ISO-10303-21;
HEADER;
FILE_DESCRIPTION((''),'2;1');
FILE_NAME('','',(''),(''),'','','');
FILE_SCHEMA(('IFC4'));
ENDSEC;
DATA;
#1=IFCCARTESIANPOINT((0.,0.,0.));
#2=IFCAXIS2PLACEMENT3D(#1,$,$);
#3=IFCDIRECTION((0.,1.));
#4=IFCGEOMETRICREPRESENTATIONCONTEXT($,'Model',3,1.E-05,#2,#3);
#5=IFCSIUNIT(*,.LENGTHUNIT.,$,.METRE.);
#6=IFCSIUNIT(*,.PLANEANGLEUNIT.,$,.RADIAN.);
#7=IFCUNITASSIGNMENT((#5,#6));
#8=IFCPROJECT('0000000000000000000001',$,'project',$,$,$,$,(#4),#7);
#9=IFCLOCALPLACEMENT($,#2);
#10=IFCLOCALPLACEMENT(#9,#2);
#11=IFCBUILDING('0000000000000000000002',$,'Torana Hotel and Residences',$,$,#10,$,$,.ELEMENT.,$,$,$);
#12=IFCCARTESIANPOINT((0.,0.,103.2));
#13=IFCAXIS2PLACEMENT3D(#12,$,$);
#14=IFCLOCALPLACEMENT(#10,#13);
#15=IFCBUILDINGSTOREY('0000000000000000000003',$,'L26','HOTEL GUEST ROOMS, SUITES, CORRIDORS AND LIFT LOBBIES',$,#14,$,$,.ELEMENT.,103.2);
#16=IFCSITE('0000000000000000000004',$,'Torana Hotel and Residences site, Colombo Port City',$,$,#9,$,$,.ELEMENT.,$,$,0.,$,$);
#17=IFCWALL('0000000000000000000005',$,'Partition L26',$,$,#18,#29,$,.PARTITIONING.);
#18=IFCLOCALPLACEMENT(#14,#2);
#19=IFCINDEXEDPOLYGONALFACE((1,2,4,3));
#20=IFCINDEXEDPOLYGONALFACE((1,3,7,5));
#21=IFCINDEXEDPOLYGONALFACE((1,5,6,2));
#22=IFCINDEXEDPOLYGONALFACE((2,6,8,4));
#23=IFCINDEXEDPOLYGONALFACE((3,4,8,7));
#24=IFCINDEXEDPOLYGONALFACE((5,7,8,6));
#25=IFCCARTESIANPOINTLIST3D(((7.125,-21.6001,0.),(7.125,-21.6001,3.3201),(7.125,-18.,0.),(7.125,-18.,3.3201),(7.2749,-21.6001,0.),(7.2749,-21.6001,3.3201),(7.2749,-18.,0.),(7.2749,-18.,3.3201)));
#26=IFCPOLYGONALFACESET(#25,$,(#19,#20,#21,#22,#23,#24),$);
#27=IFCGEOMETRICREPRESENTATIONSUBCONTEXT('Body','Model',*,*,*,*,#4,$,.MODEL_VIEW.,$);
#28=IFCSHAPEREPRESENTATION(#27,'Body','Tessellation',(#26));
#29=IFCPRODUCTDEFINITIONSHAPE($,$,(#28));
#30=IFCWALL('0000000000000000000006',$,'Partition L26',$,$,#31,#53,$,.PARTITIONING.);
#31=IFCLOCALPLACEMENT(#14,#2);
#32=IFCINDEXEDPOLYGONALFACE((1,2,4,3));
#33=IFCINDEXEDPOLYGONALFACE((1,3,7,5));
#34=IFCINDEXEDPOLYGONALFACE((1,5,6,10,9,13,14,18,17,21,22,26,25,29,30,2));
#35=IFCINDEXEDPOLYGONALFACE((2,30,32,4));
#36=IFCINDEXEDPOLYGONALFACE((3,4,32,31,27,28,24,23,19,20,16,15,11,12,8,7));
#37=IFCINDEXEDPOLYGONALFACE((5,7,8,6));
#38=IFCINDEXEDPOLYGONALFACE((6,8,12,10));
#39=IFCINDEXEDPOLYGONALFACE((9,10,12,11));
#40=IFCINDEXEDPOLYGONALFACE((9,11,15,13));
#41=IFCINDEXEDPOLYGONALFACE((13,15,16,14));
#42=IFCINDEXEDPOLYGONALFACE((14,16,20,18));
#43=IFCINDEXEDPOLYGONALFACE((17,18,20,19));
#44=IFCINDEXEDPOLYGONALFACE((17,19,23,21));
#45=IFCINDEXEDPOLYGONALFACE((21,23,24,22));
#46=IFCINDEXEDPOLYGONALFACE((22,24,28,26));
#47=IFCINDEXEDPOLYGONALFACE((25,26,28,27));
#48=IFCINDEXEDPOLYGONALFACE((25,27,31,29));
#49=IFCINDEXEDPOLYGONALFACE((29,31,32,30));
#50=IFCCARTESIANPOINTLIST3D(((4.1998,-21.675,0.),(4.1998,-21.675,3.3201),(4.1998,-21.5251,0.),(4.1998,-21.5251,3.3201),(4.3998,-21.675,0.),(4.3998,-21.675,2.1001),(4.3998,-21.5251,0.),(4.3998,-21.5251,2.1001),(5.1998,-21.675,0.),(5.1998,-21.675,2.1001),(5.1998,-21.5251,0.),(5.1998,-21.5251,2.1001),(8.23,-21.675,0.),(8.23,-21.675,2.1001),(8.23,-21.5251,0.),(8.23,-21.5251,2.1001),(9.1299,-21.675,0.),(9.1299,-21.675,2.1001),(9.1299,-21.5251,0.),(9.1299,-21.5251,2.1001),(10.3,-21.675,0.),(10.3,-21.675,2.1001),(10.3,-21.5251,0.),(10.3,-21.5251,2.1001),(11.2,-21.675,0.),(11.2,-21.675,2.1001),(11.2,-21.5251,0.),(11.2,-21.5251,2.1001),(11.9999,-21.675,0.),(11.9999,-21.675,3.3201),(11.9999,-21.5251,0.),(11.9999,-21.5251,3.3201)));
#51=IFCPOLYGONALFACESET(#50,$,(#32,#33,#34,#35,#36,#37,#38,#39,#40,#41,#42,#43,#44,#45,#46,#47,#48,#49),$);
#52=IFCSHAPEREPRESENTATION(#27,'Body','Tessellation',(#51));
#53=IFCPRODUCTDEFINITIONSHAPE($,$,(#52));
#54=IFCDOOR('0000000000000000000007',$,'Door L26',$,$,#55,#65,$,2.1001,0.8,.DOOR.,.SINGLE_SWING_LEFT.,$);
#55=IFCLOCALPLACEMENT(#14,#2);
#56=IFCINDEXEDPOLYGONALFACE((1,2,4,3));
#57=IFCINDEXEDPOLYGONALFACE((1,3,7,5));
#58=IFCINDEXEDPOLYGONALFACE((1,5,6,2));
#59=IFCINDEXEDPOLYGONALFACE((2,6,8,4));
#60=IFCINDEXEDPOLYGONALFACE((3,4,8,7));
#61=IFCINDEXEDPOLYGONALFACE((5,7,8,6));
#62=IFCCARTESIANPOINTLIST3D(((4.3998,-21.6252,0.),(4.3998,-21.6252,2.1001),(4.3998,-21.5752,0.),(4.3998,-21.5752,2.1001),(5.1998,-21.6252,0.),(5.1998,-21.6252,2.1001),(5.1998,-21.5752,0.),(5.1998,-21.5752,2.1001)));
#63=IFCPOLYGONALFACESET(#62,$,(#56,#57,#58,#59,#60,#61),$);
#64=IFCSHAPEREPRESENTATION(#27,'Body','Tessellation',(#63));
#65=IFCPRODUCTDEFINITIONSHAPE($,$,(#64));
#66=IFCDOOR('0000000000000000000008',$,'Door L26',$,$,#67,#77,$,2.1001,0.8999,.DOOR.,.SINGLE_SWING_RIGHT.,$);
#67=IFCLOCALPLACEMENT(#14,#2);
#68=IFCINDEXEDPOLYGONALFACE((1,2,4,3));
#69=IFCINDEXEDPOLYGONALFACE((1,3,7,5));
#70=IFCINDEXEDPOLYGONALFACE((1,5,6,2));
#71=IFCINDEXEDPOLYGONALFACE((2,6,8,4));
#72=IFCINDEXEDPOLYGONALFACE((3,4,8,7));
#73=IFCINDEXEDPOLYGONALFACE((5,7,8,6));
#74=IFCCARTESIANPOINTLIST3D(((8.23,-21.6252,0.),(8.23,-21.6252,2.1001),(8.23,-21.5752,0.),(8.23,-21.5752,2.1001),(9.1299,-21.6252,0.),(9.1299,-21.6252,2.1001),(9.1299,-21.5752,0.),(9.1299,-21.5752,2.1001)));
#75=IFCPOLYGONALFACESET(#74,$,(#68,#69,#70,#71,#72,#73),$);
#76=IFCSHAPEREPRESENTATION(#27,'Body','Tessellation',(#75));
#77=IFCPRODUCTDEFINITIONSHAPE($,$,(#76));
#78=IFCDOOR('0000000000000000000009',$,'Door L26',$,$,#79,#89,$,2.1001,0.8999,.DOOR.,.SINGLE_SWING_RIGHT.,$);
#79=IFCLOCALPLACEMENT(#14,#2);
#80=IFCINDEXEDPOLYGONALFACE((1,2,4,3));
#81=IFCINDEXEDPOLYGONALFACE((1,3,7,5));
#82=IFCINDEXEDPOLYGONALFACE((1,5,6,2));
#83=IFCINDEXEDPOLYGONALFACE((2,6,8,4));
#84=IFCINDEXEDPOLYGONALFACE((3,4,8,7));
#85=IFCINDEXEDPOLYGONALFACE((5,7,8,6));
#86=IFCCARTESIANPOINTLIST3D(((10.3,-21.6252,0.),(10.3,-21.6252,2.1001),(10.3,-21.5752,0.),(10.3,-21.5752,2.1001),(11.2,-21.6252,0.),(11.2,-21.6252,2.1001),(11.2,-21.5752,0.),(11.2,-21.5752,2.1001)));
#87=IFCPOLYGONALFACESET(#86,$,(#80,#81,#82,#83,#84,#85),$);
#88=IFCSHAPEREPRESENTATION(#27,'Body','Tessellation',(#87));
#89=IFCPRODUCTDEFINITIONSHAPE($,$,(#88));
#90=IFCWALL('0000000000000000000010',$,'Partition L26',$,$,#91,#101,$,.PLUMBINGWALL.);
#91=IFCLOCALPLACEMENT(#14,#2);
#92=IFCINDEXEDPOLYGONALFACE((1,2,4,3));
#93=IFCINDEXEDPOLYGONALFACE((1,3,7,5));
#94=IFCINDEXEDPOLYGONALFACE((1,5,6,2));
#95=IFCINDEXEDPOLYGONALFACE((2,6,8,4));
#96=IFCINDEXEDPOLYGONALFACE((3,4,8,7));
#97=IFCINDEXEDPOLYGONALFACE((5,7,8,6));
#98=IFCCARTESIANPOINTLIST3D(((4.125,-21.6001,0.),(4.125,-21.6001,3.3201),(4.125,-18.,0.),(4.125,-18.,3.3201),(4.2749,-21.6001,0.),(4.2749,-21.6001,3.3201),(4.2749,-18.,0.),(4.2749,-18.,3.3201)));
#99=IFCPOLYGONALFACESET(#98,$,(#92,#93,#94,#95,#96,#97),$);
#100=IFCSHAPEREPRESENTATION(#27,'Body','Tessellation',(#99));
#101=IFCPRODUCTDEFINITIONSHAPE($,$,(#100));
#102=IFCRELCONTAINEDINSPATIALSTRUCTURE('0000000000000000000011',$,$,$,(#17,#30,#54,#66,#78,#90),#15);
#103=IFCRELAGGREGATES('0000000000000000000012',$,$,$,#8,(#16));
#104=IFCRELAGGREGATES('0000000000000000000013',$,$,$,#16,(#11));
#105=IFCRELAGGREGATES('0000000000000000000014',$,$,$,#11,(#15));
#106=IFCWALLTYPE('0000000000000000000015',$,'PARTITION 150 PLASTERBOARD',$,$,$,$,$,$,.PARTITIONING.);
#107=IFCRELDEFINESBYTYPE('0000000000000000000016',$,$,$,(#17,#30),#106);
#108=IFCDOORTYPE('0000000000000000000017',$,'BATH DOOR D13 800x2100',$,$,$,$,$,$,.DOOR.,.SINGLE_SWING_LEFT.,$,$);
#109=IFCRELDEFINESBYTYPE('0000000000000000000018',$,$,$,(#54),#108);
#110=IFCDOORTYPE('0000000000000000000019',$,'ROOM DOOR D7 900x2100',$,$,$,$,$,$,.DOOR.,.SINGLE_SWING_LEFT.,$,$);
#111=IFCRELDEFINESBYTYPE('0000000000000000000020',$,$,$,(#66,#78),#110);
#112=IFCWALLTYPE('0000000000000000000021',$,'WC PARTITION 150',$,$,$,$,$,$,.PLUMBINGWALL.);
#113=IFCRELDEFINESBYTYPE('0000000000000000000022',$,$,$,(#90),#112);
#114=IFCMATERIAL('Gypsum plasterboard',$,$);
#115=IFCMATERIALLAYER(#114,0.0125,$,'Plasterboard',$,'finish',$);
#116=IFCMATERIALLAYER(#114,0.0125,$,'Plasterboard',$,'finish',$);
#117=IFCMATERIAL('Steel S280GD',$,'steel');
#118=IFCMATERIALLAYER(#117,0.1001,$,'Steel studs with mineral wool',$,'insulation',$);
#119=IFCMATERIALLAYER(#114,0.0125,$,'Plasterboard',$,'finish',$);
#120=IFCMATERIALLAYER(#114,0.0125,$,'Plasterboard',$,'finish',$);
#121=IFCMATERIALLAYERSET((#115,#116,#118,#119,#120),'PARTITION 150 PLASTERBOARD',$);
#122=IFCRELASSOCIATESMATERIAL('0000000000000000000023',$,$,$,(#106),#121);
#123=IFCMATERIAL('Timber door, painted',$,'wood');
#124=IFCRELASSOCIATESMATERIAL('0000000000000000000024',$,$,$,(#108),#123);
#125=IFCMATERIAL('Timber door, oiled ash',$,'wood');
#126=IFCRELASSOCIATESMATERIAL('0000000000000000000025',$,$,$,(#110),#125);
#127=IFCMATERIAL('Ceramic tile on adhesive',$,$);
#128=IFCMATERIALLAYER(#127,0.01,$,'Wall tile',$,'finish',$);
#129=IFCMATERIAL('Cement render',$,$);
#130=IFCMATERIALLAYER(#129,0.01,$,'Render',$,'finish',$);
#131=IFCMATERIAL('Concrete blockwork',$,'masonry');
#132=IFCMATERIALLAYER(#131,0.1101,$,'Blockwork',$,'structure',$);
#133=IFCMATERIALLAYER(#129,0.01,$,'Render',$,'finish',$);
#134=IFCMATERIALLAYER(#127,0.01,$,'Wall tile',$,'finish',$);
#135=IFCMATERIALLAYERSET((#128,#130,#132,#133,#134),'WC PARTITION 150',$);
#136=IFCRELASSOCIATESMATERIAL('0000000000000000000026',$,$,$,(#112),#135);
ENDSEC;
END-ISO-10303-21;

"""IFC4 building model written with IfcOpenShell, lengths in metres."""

from ifc_helpers import new_model, si_unit, direction, frame, frame_2d, origin, place, context, subcontext, project, spatial, rectangle, extrude, material, layer, layer_set, type_object, element, fill, save


model = new_model("IFC4")

# Units and contexts
model_context = context("Model", 3, precision=1e-05, world=origin(), true_north=direction((0.0, 1.0)))
body_context = subcontext(model_context, "Body", "Model", "MODEL_VIEW")
ifc_project = project(units=[si_unit("LENGTHUNIT", "METRE"), si_unit("PLANEANGLEUNIT", "RADIAN")], contexts=[model_context])

# Site, building, storey
site_placement = place(None, origin())
site = spatial("IfcSite", under=ifc_project, at=site_placement, Name="Torana Hotel and Residences site, Colombo Port City", CompositionType="ELEMENT", RefElevation=0.0)
building_placement = place(site_placement, origin())
building = spatial("IfcBuilding", under=site, at=building_placement, Name="Torana Hotel and Residences", CompositionType="ELEMENT")
storey_placement = place(building_placement, frame((0.0, 0.0, 103.2)))
storey = spatial("IfcBuildingStorey", under=building, at=storey_placement, Name="L26", Description="HOTEL GUEST ROOMS, SUITES, CORRIDORS AND LIFT LOBBIES", CompositionType="ELEMENT", Elevation=103.2)

# Wall
ifc_material_1 = material(Name="Concrete blockwork", Category="masonry")
ifc_material_2 = material(Name="Gypsum plasterboard")
ifc_layer_1 = layer(ifc_material_2, 0.0125, Name="Plasterboard", Category="finish")
ifc_layer_2 = layer(ifc_material_2, 0.0125, Name="Plasterboard", Category="finish")
ifc_material_3 = material(Name="Steel S280GD", Category="steel")
ifc_layer_3 = layer(ifc_material_3, 0.1001, Name="Steel studs with mineral wool", Category="insulation")
ifc_layer_4 = layer(ifc_material_2, 0.0125, Name="Plasterboard", Category="finish")
ifc_layer_5 = layer(ifc_material_2, 0.0125, Name="Plasterboard", Category="finish")
ifc_layer_set_1 = layer_set([ifc_layer_1, ifc_layer_2, ifc_layer_3, ifc_layer_4, ifc_layer_5], Name="PARTITION 150 PLASTERBOARD")
wall_type_1 = type_object("IfcWallType", Name="PARTITION 150 PLASTERBOARD", PredefinedType="PARTITIONING", material=ifc_layer_set_1)
for number, where, z_axis, x_axis, name in (
    (1, (7.2, -21.6001, 0.0), (0.0, 0.0, 1.0), (0.0, 1.0, 0.0), "Partition L26"),
):
    element("IfcWall", number, at=place(storey_placement, frame(where, z_axis=z_axis, x_axis=x_axis)), inside=storey, type_object=wall_type_1, Name=name, PredefinedType="PARTITIONING", context=body_context, shape_type="SweptSolid", body=[
        extrude(rectangle(XDim=3.6001, YDim=0.1499, at=frame_2d((1.8, 0.0))), origin(), (0.0, 0.0, 1.0), 3.3201),
    ])

# Wall, openings, doors
wall_1_placement = place(storey_placement, frame((4.2, -21.6001, 0.0), z_axis=(0.0, 0.0, 1.0), x_axis=(1.0, 0.0, 0.0)))
wall_1 = element("IfcWall", 2, at=wall_1_placement, inside=storey, type_object=wall_type_1, Name="Partition L26", PredefinedType="PARTITIONING", context=body_context, shape_type="SweptSolid", body=[
    extrude(rectangle(XDim=7.8, YDim=0.1499, at=frame_2d((3.8999, 0.0))), origin(), (0.0, 0.0, 1.0), 3.3201),
])
opening_1_placement = place(wall_1_placement, frame((0.2, 0.0, 0.0)))
opening_1 = element("IfcOpeningElement", 3, at=opening_1_placement, cuts=wall_1, PredefinedType="OPENING", context=body_context, shape_type="SweptSolid", body=[
    extrude(rectangle(XDim=0.8, YDim=2.1001, at=frame_2d((0.3999, 1.05))), frame((0.0, 0.085, 0.0), z_axis=(0.0, -1.0, 0.0), x_axis=(1.0, 0.0, 0.0)), (0.0, 0.0, 1.0), 0.1699),
])
opening_2_placement = place(wall_1_placement, frame((4.03, 0.0, 0.0)))
opening_2 = element("IfcOpeningElement", 4, at=opening_2_placement, cuts=wall_1, PredefinedType="OPENING", context=body_context, shape_type="SweptSolid", body=[
    extrude(rectangle(XDim=0.8999, YDim=2.1001, at=frame_2d((0.45, 1.05))), frame((0.0, 0.085, 0.0), z_axis=(0.0, -1.0, 0.0), x_axis=(1.0, 0.0, 0.0)), (0.0, 0.0, 1.0), 0.1699),
])
opening_3_placement = place(wall_1_placement, frame((6.1001, 0.0, 0.0)))
opening_3 = element("IfcOpeningElement", 5, at=opening_3_placement, cuts=wall_1, PredefinedType="OPENING", context=body_context, shape_type="SweptSolid", body=[
    extrude(rectangle(XDim=0.8999, YDim=2.1001, at=frame_2d((0.45, 1.05))), frame((0.0, 0.085, 0.0), z_axis=(0.0, -1.0, 0.0), x_axis=(1.0, 0.0, 0.0)), (0.0, 0.0, 1.0), 0.1699),
])
ifc_material_4 = material(Name="Timber door, painted", Category="wood")
door_type_1 = type_object("IfcDoorType", Name="BATH DOOR D13 800x2100", OperationType="SINGLE_SWING_LEFT", PredefinedType="DOOR", material=ifc_material_4)
door_1_placement = place(opening_1_placement, origin())
door_1 = element("IfcDoor", 6, at=door_1_placement, inside=storey, type_object=door_type_1, Name="Door L26", OperationType="SINGLE_SWING_LEFT", OverallHeight=2.1001, OverallWidth=0.8, PredefinedType="DOOR", context=body_context, shape_type="SweptSolid", body=[
    extrude(rectangle(XDim=0.8, YDim=2.1001, at=frame_2d((0.3999, 1.05))), frame((0.0, 0.0249, 0.0), z_axis=(0.0, -1.0, 0.0), x_axis=(1.0, 0.0, 0.0)), (0.0, 0.0, 1.0), 0.05),
])
fill(opening_1, door_1)
ifc_material_5 = material(Name="Timber door, oiled ash", Category="wood")
door_type_2 = type_object("IfcDoorType", Name="ROOM DOOR D7 900x2100", OperationType="SINGLE_SWING_LEFT", PredefinedType="DOOR", material=ifc_material_5)
door_2_placement = place(opening_2_placement, origin())
door_2 = element("IfcDoor", 7, at=door_2_placement, inside=storey, type_object=door_type_2, Name="Door L26", OperationType="SINGLE_SWING_RIGHT", OverallHeight=2.1001, OverallWidth=0.8999, PredefinedType="DOOR", context=body_context, shape_type="SweptSolid", body=[
    extrude(rectangle(XDim=0.8999, YDim=2.1001, at=frame_2d((0.45, 1.05))), frame((0.0, 0.0249, 0.0), z_axis=(0.0, -1.0, 0.0), x_axis=(1.0, 0.0, 0.0)), (0.0, 0.0, 1.0), 0.05),
])
fill(opening_2, door_2)
door_3_placement = place(opening_3_placement, frame((0.45, 0.0, 0.0), z_axis=(0.0, 0.0, 1.0), x_axis=(-1.0, 0.0, 0.0)))
door_3 = element("IfcDoor", 8, at=door_3_placement, inside=storey, type_object=door_type_2, Name="Door L26", OperationType="SINGLE_SWING_RIGHT", OverallHeight=2.1001, OverallWidth=0.8999, PredefinedType="DOOR", context=body_context, shape_type="SweptSolid", body=[
    extrude(rectangle(XDim=0.8999, YDim=2.1001, at=frame_2d((0.0, 1.05))), frame((0.0, -0.0249, 0.0), z_axis=(0.0, 1.0, 0.0), x_axis=(-1.0, 0.0, 0.0)), (0.0, 0.0, 1.0), 0.05),
])
fill(opening_3, door_3)

# Wall
ifc_material_6 = material(Name="Ceramic tile on adhesive")
ifc_layer_6 = layer(ifc_material_6, 0.01, Name="Wall tile", Category="finish")
ifc_material_7 = material(Name="Cement render")
ifc_layer_7 = layer(ifc_material_7, 0.01, Name="Render", Category="finish")
ifc_layer_8 = layer(ifc_material_1, 0.1101, Name="Blockwork", Category="structure")
ifc_layer_9 = layer(ifc_material_7, 0.01, Name="Render", Category="finish")
ifc_layer_10 = layer(ifc_material_6, 0.01, Name="Wall tile", Category="finish")
ifc_layer_set_2 = layer_set([ifc_layer_6, ifc_layer_7, ifc_layer_8, ifc_layer_9, ifc_layer_10], Name="WC PARTITION 150")
wall_type_2 = type_object("IfcWallType", Name="WC PARTITION 150", PredefinedType="PLUMBINGWALL", material=ifc_layer_set_2)
wall_2_placement = place(storey_placement, frame((4.2, -21.6001, 0.0), z_axis=(0.0, 0.0, 1.0), x_axis=(0.0, 1.0, 0.0)))
element("IfcWall", 9, at=wall_2_placement, inside=storey, type_object=wall_type_2, Name="Partition L26", PredefinedType="PLUMBINGWALL", context=body_context, shape_type="SweptSolid", body=[
    extrude(rectangle(XDim=3.6001, YDim=0.1499, at=frame_2d((1.8, 0.0))), origin(), (0.0, 0.0, 1.0), 3.3201),
])

save(model, "model.ifc")
